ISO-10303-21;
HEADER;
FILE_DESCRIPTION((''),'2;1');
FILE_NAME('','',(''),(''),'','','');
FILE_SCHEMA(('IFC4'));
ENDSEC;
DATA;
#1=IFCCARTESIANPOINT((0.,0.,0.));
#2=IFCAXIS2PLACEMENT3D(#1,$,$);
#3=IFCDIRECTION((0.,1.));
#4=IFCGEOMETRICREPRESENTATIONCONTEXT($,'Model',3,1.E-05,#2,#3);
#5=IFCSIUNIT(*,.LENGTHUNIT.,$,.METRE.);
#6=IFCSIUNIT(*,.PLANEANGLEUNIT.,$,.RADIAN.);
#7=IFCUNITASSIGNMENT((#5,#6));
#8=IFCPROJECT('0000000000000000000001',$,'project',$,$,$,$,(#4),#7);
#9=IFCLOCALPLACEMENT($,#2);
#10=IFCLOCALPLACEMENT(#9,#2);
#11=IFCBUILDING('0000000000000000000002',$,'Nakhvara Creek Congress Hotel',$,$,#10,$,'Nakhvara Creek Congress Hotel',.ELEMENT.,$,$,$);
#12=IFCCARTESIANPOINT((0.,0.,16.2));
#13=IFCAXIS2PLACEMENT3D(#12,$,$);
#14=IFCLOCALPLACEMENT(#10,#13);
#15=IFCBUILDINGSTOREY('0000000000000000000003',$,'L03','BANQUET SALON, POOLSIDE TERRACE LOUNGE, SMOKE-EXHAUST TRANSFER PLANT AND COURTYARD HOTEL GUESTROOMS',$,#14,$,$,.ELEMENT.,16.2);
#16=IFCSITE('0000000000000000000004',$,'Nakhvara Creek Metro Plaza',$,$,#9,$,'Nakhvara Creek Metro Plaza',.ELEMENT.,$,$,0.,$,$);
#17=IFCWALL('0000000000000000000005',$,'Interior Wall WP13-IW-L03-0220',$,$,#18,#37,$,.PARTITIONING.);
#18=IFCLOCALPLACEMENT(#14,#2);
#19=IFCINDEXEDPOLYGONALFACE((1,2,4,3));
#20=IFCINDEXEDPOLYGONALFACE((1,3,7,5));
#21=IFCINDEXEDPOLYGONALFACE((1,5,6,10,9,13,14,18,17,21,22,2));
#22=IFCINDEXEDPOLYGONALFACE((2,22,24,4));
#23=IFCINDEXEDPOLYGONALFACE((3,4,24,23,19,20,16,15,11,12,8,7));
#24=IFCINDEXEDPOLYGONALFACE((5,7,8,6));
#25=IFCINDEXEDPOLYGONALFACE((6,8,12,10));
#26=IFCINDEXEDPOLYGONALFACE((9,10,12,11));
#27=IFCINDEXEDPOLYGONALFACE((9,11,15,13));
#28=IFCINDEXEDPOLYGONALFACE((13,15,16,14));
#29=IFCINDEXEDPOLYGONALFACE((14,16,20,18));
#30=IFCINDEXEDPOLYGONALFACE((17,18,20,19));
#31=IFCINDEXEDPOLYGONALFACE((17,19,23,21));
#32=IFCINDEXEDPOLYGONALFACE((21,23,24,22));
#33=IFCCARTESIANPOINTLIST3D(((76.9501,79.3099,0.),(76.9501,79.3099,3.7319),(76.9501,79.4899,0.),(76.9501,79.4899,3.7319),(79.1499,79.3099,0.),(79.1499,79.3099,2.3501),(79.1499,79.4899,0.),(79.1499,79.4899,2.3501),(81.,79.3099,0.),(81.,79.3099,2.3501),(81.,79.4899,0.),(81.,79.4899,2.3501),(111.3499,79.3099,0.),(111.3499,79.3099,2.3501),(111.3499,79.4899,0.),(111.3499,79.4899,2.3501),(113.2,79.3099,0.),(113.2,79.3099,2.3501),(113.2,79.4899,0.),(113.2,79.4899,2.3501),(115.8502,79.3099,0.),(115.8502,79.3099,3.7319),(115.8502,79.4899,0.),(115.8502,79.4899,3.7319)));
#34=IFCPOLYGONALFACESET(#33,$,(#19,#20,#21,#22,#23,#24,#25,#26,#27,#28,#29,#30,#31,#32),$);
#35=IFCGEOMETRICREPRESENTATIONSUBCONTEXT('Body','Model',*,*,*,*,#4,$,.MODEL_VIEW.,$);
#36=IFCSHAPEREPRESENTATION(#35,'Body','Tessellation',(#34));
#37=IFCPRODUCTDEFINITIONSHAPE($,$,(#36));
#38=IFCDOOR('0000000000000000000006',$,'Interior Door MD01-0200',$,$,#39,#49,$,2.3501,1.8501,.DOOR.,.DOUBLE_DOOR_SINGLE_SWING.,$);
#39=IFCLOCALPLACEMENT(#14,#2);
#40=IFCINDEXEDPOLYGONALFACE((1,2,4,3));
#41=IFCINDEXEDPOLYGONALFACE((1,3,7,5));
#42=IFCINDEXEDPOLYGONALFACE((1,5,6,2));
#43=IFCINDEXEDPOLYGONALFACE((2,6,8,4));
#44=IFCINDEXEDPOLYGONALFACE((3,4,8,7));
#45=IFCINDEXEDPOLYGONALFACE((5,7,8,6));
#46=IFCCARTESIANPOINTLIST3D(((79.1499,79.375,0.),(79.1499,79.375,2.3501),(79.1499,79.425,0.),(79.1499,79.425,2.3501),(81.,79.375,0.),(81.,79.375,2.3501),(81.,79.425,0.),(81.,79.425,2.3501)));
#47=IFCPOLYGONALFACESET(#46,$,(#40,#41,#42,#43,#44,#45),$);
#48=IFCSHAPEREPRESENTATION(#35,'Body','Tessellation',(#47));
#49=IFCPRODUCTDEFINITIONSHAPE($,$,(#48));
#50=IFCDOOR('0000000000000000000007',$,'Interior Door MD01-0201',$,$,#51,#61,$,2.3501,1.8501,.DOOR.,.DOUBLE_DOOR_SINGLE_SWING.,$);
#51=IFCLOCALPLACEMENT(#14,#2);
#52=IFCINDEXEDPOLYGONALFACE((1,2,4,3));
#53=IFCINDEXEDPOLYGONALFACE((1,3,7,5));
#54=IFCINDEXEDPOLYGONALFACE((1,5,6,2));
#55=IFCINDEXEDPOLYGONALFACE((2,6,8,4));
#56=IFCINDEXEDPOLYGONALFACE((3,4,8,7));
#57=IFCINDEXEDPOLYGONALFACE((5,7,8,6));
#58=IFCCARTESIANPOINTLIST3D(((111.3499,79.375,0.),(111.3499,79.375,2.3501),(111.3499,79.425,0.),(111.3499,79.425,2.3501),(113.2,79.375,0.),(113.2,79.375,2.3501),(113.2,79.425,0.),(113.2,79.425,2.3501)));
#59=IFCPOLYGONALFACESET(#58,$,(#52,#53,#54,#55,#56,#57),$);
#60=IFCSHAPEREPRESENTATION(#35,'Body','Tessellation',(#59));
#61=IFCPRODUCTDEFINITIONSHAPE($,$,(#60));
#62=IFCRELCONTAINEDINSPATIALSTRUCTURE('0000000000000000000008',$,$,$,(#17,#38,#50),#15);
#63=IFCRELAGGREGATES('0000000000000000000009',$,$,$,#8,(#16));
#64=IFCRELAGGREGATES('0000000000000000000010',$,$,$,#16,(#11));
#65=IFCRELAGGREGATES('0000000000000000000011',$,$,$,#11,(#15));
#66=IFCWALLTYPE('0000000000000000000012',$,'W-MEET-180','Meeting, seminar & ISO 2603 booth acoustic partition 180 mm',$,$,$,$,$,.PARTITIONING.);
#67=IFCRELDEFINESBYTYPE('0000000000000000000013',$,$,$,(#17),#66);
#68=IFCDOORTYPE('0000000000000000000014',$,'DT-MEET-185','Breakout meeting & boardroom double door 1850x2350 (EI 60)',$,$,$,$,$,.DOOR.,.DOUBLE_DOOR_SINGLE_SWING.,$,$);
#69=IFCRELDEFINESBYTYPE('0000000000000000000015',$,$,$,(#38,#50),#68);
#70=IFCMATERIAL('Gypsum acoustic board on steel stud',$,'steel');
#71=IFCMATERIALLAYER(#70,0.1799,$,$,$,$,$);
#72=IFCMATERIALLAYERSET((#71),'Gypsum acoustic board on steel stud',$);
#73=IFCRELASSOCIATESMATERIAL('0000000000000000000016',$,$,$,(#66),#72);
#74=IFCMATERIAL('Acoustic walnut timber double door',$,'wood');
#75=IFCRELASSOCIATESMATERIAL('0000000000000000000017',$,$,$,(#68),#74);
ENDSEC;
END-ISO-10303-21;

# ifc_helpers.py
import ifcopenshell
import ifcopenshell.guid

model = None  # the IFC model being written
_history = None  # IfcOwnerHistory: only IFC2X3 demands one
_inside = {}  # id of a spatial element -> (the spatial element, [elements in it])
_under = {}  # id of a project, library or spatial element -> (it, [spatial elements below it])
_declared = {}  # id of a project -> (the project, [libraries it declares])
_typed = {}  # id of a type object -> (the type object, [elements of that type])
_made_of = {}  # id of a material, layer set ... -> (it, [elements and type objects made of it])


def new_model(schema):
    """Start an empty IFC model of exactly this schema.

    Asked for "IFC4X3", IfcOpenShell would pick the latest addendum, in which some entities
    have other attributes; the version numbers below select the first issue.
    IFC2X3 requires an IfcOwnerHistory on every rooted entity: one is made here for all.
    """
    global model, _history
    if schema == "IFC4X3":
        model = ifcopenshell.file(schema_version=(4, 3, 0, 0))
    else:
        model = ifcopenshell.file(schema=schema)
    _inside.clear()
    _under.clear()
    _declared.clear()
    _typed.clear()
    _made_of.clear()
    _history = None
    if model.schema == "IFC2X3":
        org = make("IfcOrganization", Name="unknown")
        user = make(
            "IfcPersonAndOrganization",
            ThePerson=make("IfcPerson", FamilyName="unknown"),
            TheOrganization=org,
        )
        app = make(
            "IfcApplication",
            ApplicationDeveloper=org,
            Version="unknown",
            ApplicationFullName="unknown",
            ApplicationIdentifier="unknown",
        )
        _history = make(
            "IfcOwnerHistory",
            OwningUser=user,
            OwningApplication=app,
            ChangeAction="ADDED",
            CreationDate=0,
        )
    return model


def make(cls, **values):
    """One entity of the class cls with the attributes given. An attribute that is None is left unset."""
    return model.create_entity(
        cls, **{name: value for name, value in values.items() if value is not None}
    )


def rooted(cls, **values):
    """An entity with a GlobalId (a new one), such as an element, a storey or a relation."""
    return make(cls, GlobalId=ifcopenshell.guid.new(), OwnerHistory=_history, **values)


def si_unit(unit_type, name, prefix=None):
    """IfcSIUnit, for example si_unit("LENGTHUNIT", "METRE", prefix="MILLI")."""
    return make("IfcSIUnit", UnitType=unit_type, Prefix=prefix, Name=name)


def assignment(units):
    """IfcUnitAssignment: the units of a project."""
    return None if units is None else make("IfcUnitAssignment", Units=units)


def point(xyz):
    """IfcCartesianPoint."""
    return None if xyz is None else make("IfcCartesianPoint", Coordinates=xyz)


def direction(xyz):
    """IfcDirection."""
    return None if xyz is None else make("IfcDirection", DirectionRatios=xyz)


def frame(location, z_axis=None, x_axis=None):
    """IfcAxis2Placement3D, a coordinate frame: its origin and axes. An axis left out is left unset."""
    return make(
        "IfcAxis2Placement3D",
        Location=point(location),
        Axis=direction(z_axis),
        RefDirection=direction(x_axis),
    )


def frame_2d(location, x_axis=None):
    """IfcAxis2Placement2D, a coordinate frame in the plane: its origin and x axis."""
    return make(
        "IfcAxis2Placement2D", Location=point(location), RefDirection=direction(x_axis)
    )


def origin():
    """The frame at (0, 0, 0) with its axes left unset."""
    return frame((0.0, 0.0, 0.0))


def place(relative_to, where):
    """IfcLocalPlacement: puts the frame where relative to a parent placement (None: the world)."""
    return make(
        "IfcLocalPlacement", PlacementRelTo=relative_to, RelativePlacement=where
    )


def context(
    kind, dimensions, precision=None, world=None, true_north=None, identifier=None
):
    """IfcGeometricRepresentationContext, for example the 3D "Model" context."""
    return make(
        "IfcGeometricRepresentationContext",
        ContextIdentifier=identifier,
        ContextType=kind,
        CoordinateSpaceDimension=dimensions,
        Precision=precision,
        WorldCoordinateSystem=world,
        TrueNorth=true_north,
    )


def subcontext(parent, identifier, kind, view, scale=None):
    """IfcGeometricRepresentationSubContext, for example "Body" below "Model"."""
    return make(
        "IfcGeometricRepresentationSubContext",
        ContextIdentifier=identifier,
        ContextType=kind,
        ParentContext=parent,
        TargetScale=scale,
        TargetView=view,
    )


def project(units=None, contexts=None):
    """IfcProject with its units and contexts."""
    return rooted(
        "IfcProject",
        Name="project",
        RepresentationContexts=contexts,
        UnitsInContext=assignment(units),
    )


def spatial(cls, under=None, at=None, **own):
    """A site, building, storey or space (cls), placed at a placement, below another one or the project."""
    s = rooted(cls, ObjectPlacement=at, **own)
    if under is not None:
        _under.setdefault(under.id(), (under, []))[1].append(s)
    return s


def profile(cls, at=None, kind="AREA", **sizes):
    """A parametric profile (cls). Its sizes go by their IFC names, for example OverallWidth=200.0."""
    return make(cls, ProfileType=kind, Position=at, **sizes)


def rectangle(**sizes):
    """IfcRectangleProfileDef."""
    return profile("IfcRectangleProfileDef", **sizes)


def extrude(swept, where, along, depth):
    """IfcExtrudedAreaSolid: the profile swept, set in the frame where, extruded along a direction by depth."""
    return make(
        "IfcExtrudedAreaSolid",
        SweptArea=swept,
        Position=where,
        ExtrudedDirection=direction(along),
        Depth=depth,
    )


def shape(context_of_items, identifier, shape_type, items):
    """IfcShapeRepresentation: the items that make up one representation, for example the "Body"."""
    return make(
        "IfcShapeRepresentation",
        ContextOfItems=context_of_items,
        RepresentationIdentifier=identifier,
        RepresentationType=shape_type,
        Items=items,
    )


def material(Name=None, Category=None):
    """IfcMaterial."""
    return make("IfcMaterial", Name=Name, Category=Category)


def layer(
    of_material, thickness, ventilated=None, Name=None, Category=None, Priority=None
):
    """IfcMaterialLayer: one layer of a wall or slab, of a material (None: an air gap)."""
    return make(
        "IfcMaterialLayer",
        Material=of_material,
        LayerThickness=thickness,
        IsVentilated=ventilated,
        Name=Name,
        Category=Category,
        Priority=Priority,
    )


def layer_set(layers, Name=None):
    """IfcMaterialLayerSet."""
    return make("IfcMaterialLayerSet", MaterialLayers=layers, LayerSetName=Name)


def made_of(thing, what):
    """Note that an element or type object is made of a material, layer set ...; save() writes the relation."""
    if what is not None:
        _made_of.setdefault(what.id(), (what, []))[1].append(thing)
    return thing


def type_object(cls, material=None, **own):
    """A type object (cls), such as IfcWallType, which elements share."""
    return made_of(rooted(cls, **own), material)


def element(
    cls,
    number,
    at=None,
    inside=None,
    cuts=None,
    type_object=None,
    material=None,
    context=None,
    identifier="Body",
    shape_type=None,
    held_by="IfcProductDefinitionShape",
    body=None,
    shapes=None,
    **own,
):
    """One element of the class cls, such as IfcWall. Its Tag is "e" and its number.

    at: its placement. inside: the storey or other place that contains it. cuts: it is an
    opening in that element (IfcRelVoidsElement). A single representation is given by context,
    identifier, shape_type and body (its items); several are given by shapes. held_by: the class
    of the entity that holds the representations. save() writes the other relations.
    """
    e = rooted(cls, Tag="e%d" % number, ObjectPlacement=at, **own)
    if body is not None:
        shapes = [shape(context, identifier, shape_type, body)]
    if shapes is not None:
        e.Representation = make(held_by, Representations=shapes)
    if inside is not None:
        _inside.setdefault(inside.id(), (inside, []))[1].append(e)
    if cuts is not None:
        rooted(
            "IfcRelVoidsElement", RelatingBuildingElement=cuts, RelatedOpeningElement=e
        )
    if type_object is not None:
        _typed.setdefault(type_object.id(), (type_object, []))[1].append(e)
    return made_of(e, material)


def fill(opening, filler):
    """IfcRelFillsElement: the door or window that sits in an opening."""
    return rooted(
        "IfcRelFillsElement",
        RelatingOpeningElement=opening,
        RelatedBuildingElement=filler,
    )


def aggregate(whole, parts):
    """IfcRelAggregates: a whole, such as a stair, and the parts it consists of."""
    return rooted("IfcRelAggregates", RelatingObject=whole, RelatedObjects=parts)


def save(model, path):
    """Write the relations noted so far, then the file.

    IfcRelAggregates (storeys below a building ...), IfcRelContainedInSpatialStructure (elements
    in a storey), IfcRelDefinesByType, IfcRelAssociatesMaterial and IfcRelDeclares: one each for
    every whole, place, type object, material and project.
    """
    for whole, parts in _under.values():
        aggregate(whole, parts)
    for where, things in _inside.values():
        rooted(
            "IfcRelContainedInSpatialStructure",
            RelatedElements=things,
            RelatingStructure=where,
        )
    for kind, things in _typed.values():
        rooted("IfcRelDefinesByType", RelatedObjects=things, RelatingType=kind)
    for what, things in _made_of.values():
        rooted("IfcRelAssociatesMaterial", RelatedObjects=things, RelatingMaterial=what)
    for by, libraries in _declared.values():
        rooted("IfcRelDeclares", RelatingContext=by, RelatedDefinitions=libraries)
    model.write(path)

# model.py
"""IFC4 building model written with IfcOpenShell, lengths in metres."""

from ifc_helpers import new_model, si_unit, direction, frame, frame_2d, origin, place, context, subcontext, project, spatial, rectangle, extrude, material, layer, layer_set, type_object, element, fill, save


model = new_model("IFC4")

# Units and contexts
model_context = context("Model", 3, precision=1e-05, world=origin(), true_north=direction((0.0, 1.0)))
body_context = subcontext(model_context, "Body", "Model", "MODEL_VIEW")
ifc_project = project(units=[si_unit("LENGTHUNIT", "METRE"), si_unit("PLANEANGLEUNIT", "RADIAN")], contexts=[model_context])

# Site, building, storey
site_placement = place(None, origin())
site = spatial("IfcSite", under=ifc_project, at=site_placement, Name="Nakhvara Creek Metro Plaza", LongName="Nakhvara Creek Metro Plaza", CompositionType="ELEMENT", RefElevation=0.0)
building_placement = place(site_placement, origin())
building = spatial("IfcBuilding", under=site, at=building_placement, Name="Nakhvara Creek Congress Hotel", LongName="Nakhvara Creek Congress Hotel", CompositionType="ELEMENT")
storey_placement = place(building_placement, frame((0.0, 0.0, 16.2)))
storey = spatial("IfcBuildingStorey", under=building, at=storey_placement, Name="L03", Description="BANQUET SALON, POOLSIDE TERRACE LOUNGE, SMOKE-EXHAUST TRANSFER PLANT AND COURTYARD HOTEL GUESTROOMS", CompositionType="ELEMENT", Elevation=16.2)

# Wall, openings, doors
ifc_material_1 = material(Name="Gypsum acoustic board on steel stud", Category="steel")
ifc_layer_1 = layer(ifc_material_1, 0.1799)
ifc_layer_set_1 = layer_set([ifc_layer_1], Name="Gypsum acoustic board on steel stud")
wall_type = type_object("IfcWallType", Name="W-MEET-180", Description="Meeting, seminar & ISO 2603 booth acoustic partition 180 mm", PredefinedType="PARTITIONING", material=ifc_layer_set_1)
wall_placement = place(storey_placement, frame((76.95, 79.3999, 0.0), z_axis=(0.0, 0.0, 1.0), x_axis=(1.0, 0.0, 0.0)))
wall = element("IfcWall", 1, at=wall_placement, inside=storey, type_object=wall_type, Name="Interior Wall WP13-IW-L03-0220", PredefinedType="PARTITIONING", context=body_context, shape_type="SweptSolid", body=[
    extrude(rectangle(XDim=38.9001, YDim=0.1799, at=frame_2d((19.4502, 0.0))), origin(), (0.0, 0.0, 1.0), 3.7319),
])
opening_1_placement = place(wall_placement, frame((2.2, 0.0, 0.0)))
opening_1 = element("IfcOpeningElement", 2, at=opening_1_placement, cuts=wall, PredefinedType="OPENING", context=body_context, shape_type="SweptSolid", body=[
    extrude(rectangle(XDim=1.8501, YDim=2.3501, at=frame_2d((0.925, 1.175))), frame((0.0, 0.1021, 0.0), z_axis=(0.0, -1.0, 0.0), x_axis=(1.0, 0.0, 0.0)), (0.0, 0.0, 1.0), 0.2039),
])
opening_2_placement = place(wall_placement, frame((34.3999, 0.0, 0.0)))
opening_2 = element("IfcOpeningElement", 3, at=opening_2_placement, cuts=wall, PredefinedType="OPENING", context=body_context, shape_type="SweptSolid", body=[
    extrude(rectangle(XDim=1.8501, YDim=2.3501, at=frame_2d((0.925, 1.175))), frame((0.0, 0.1021, 0.0), z_axis=(0.0, -1.0, 0.0), x_axis=(1.0, 0.0, 0.0)), (0.0, 0.0, 1.0), 0.2039),
])
ifc_material_2 = material(Name="Acoustic walnut timber double door", Category="wood")
door_type = type_object("IfcDoorType", Name="DT-MEET-185", Description="Breakout meeting & boardroom double door 1850x2350 (EI 60)", OperationType="DOUBLE_DOOR_SINGLE_SWING", PredefinedType="DOOR", material=ifc_material_2)
door_1_placement = place(opening_1_placement, frame((1.8501, 0.0, 0.0), z_axis=(0.0, 0.0, 1.0), x_axis=(-1.0, 0.0, 0.0)))
door_1 = element("IfcDoor", 4, at=door_1_placement, inside=storey, type_object=door_type, Name="Interior Door MD01-0200", OperationType="DOUBLE_DOOR_SINGLE_SWING", OverallHeight=2.3501, OverallWidth=1.8501, PredefinedType="DOOR", context=body_context, shape_type="SweptSolid", body=[
    extrude(rectangle(XDim=1.8501, YDim=2.3501, at=frame_2d((0.925, 1.175))), frame((0.0, 0.0249, 0.0), z_axis=(0.0, -1.0, 0.0), x_axis=(1.0, 0.0, 0.0)), (0.0, 0.0, 1.0), 0.05),
])
fill(opening_1, door_1)
door_2_placement = place(opening_2_placement, frame((1.8501, 0.0, 0.0), z_axis=(0.0, 0.0, 1.0), x_axis=(-1.0, 0.0, 0.0)))
door_2 = element("IfcDoor", 5, at=door_2_placement, inside=storey, type_object=door_type, Name="Interior Door MD01-0201", OperationType="DOUBLE_DOOR_SINGLE_SWING", OverallHeight=2.3501, OverallWidth=1.8501, PredefinedType="DOOR", context=body_context, shape_type="SweptSolid", body=[
    extrude(rectangle(XDim=1.8501, YDim=2.3501, at=frame_2d((0.925, 1.175))), frame((0.0, 0.0249, 0.0), z_axis=(0.0, -1.0, 0.0), x_axis=(1.0, 0.0, 0.0)), (0.0, 0.0, 1.0), 0.05),
])
fill(opening_2, door_2)

save(model, "model.ifc")
